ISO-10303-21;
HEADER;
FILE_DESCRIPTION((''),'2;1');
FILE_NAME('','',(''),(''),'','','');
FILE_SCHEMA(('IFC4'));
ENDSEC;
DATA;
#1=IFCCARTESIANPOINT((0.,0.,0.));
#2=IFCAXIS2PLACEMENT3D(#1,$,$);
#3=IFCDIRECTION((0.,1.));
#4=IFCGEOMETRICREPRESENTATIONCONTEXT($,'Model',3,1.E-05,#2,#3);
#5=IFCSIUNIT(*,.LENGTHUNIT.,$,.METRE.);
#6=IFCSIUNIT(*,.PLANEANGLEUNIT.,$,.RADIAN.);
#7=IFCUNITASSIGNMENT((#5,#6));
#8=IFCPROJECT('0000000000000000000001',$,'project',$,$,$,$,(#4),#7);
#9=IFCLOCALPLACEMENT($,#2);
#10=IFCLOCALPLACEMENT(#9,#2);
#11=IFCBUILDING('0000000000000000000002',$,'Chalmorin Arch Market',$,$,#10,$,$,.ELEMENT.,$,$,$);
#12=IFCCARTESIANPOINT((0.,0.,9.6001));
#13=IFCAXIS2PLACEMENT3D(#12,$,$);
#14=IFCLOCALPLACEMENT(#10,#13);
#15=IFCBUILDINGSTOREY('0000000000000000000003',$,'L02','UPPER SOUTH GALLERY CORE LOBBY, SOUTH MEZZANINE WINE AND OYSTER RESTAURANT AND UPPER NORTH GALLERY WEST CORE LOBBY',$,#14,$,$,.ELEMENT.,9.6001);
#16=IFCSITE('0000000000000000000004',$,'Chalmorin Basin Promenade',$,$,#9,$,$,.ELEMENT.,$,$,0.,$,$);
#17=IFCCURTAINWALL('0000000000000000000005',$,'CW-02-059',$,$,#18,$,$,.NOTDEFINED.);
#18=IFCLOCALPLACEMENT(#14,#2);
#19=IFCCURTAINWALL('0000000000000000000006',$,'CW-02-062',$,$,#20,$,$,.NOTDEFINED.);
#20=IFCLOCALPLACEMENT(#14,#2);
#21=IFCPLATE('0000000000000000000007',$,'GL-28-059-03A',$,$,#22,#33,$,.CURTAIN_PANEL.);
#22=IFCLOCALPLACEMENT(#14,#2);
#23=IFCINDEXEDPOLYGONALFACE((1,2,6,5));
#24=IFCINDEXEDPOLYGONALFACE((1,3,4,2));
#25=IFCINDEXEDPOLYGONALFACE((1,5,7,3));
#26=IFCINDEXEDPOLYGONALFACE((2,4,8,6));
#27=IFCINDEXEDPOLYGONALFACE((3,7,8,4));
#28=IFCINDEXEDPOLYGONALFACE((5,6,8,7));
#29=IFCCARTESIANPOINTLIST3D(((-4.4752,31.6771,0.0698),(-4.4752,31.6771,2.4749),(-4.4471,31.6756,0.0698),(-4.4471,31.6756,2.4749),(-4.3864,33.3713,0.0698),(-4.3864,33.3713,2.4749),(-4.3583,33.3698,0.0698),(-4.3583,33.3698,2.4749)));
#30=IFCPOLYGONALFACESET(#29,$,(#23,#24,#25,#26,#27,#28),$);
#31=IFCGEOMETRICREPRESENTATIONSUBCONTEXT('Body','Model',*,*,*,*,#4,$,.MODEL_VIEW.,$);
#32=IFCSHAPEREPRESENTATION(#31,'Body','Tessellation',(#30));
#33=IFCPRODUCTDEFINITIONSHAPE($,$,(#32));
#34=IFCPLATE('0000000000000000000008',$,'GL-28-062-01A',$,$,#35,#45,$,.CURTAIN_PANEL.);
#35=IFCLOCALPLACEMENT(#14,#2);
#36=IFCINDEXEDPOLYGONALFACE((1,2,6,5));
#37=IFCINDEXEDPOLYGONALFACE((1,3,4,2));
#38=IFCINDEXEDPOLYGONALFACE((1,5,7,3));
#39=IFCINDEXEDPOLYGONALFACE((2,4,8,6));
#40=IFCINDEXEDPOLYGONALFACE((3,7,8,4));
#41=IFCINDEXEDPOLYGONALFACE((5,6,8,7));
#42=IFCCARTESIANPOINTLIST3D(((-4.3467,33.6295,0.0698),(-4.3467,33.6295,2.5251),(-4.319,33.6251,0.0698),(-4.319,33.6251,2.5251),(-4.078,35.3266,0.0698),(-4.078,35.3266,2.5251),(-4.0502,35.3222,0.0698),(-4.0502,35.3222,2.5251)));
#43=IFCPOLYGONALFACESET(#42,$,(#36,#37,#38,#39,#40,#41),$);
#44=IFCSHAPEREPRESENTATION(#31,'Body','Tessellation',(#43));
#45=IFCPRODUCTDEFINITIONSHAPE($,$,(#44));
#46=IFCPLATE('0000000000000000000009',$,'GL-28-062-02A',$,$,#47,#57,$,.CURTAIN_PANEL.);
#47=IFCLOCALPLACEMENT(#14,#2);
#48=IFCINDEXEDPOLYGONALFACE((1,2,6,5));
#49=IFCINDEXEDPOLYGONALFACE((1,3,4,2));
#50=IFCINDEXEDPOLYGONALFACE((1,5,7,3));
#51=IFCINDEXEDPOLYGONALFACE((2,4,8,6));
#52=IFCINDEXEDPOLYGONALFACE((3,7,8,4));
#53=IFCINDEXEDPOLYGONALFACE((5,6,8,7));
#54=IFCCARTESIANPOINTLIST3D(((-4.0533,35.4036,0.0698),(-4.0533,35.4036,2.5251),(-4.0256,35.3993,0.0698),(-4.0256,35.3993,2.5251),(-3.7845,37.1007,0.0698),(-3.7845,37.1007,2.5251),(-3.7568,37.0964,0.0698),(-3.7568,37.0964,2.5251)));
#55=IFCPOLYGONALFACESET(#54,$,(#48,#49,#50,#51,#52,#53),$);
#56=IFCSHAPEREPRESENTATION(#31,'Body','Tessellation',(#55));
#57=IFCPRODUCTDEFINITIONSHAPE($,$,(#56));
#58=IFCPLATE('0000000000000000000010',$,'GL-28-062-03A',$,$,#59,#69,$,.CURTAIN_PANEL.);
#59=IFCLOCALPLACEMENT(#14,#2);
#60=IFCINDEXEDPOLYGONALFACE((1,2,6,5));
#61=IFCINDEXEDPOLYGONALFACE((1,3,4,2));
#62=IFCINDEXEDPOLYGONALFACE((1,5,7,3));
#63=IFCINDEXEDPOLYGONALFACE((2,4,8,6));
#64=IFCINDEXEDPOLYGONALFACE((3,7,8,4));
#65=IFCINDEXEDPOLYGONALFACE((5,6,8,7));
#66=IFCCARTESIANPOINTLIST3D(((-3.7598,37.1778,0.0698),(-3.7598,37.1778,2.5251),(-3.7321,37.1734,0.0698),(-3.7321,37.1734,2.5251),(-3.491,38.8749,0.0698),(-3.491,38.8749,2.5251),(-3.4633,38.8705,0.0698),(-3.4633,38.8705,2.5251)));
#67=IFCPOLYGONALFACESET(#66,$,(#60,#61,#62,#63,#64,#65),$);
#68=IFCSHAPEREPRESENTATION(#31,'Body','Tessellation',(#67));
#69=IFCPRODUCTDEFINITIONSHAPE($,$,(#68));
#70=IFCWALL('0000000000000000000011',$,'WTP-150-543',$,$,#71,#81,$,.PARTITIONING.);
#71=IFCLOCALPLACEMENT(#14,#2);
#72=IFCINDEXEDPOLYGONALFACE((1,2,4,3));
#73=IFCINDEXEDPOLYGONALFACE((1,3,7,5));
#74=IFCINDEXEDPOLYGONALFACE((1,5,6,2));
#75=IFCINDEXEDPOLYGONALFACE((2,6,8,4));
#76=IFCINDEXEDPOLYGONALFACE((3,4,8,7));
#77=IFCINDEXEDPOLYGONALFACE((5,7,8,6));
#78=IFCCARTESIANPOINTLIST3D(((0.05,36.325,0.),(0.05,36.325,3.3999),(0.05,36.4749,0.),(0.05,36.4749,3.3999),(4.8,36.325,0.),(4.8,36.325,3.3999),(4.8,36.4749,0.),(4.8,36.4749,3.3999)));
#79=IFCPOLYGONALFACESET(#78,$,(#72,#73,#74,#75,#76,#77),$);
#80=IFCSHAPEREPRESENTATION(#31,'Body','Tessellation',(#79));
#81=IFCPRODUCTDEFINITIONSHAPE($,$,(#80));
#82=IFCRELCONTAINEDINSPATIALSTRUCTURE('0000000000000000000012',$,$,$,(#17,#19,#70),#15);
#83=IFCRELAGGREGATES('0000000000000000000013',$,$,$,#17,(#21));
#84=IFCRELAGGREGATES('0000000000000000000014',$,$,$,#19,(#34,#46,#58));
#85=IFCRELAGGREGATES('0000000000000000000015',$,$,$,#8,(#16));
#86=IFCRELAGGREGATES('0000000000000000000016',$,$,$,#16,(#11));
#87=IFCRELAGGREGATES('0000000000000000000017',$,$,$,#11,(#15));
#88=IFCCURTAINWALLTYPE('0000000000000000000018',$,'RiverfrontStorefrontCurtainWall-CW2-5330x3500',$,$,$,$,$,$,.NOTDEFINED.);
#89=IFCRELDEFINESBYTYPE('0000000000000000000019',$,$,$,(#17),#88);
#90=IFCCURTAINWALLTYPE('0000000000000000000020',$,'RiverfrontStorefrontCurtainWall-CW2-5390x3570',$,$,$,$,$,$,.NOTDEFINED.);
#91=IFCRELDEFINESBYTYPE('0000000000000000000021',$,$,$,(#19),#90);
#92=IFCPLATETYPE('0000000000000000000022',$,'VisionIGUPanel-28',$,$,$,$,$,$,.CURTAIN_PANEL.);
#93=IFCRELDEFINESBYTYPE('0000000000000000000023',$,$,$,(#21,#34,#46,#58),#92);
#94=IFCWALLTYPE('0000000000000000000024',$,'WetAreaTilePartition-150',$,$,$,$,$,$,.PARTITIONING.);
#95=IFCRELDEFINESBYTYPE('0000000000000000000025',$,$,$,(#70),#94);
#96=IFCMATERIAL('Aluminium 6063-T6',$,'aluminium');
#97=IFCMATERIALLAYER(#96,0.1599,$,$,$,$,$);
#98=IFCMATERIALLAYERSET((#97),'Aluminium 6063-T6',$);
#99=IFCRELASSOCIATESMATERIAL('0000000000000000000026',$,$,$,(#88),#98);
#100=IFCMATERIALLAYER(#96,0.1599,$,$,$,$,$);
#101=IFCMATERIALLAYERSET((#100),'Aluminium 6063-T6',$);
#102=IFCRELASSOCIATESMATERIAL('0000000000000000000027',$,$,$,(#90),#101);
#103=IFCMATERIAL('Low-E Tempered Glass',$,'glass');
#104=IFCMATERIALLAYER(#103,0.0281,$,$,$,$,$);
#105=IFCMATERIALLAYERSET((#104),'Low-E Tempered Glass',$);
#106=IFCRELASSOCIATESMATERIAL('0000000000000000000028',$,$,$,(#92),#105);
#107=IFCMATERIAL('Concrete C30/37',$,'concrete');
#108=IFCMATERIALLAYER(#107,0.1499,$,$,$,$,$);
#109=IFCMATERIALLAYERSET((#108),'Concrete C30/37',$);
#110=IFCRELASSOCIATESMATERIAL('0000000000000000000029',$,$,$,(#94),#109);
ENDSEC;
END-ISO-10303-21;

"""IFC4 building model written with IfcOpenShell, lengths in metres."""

from ifc_helpers import new_model, si_unit, direction, frame, frame_2d, origin, origin_2d, place, context, subcontext, project, spatial, rectangle, extrude, material, layer, layer_set, type_object, element, aggregate, save


model = new_model("IFC4")

# Units and contexts
model_context = context("Model", 3, precision=1e-05, world=origin(), true_north=direction((0.0, 1.0)))
body_context = subcontext(model_context, "Body", "Model", "MODEL_VIEW")
ifc_project = project(units=[si_unit("LENGTHUNIT", "METRE"), si_unit("PLANEANGLEUNIT", "RADIAN")], contexts=[model_context])

# Site, building, storey
site_placement = place(None, origin())
site = spatial("IfcSite", under=ifc_project, at=site_placement, Name="Chalmorin Basin Promenade", CompositionType="ELEMENT", RefElevation=0.0)
building_placement = place(site_placement, origin())
building = spatial("IfcBuilding", under=site, at=building_placement, Name="Chalmorin Arch Market", CompositionType="ELEMENT")
storey_placement = place(building_placement, frame((0.0, 0.0, 9.6001)))
storey = spatial("IfcBuildingStorey", under=building, at=storey_placement, Name="L02", Description="UPPER SOUTH GALLERY CORE LOBBY, SOUTH MEZZANINE WINE AND OYSTER RESTAURANT AND UPPER NORTH GALLERY WEST CORE LOBBY", CompositionType="ELEMENT", Elevation=9.6001)

# Curtain wall
ifc_material_1 = material(Name="Aluminium 6063-T6", Category="aluminium")
ifc_layer_1 = layer(ifc_material_1, 0.1599)
ifc_layer_set_1 = layer_set([ifc_layer_1], Name="Aluminium 6063-T6")
curtain_wall_type_1 = type_object("IfcCurtainWallType", Name="RiverfrontStorefrontCurtainWall-CW2-5330x3500", PredefinedType="NOTDEFINED", material=ifc_layer_set_1)
curtain_wall_1_placement = place(storey_placement, origin())
curtain_wall_1 = element("IfcCurtainWall", 1, at=curtain_wall_1_placement, inside=storey, type_object=curtain_wall_type_1, Name="CW-02-059", PredefinedType="NOTDEFINED")

# Curtain wall
ifc_layer_2 = layer(ifc_material_1, 0.1599)
ifc_layer_set_2 = layer_set([ifc_layer_2], Name="Aluminium 6063-T6")
curtain_wall_type_2 = type_object("IfcCurtainWallType", Name="RiverfrontStorefrontCurtainWall-CW2-5390x3570", PredefinedType="NOTDEFINED", material=ifc_layer_set_2)
curtain_wall_2_placement = place(storey_placement, origin())
curtain_wall_2 = element("IfcCurtainWall", 2, at=curtain_wall_2_placement, inside=storey, type_object=curtain_wall_type_2, Name="CW-02-062", PredefinedType="NOTDEFINED")

# Plates
ifc_material_2 = material(Name="Low-E Tempered Glass", Category="glass")
ifc_layer_3 = layer(ifc_material_2, 0.0281)
ifc_layer_set_3 = layer_set([ifc_layer_3], Name="Low-E Tempered Glass")
plate_type_1 = type_object("IfcPlateType", Name="VisionIGUPanel-28", PredefinedType="CURTAIN_PANEL", material=ifc_layer_set_3)
plate_1_placement = place(storey_placement, frame((-4.4167, 32.5234, 0.0698), z_axis=(0.0, 0.0, 1.0), x_axis=(0.052336, 0.99863, 0.0)))
plate_1 = element("IfcPlate", 3, at=plate_1_placement, type_object=plate_type_1, Name="GL-28-059-03A", PredefinedType="CURTAIN_PANEL", context=body_context, shape_type="SweptSolid", body=[
    extrude(rectangle(XDim=1.6965, YDim=0.0281, at=origin_2d()), origin(), (0.0, 0.0, 1.0), 2.405),
])
aggregate(curtain_wall_1, [plate_1])
plate_2_placement = place(storey_placement, frame((-4.1985, 34.4758, 0.0698), z_axis=(0.0, 0.0, 1.0), x_axis=(0.156434, 0.987688, 0.0)))
plate_2 = element("IfcPlate", 4, at=plate_2_placement, type_object=plate_type_1, Name="GL-28-062-01A", PredefinedType="CURTAIN_PANEL", context=body_context, shape_type="SweptSolid", body=[
    extrude(rectangle(XDim=1.7183, YDim=0.0281, at=origin_2d()), origin(), (0.0, 0.0, 1.0), 2.4553),
])
plate_3_placement = place(storey_placement, frame((-3.905, 36.25, 0.0698), z_axis=(0.0, 0.0, 1.0), x_axis=(0.156434, 0.987688, 0.0)))
plate_3 = element("IfcPlate", 5, at=plate_3_placement, type_object=plate_type_1, Name="GL-28-062-02A", PredefinedType="CURTAIN_PANEL", context=body_context, shape_type="SweptSolid", body=[
    extrude(rectangle(XDim=1.7183, YDim=0.0281, at=origin_2d()), origin(), (0.0, 0.0, 1.0), 2.4553),
])
plate_4_placement = place(storey_placement, frame((-3.6116, 38.0242, 0.0698), z_axis=(0.0, 0.0, 1.0), x_axis=(0.156434, 0.987688, 0.0)))
plate_4 = element("IfcPlate", 6, at=plate_4_placement, type_object=plate_type_1, Name="GL-28-062-03A", PredefinedType="CURTAIN_PANEL", context=body_context, shape_type="SweptSolid", body=[
    extrude(rectangle(XDim=1.7183, YDim=0.0281, at=origin_2d()), origin(), (0.0, 0.0, 1.0), 2.4553),
])
aggregate(curtain_wall_2, [plate_2, plate_3, plate_4])

# Wall
ifc_material_3 = material(Name="Concrete C30/37", Category="concrete")
ifc_layer_4 = layer(ifc_material_3, 0.1499)
ifc_layer_set_4 = layer_set([ifc_layer_4], Name="Concrete C30/37")
wall_type = type_object("IfcWallType", Name="WetAreaTilePartition-150", PredefinedType="PARTITIONING", material=ifc_layer_set_4)
wall_placement = place(storey_placement, frame((0.05, 36.3999, 0.0), z_axis=(0.0, 0.0, 1.0), x_axis=(1.0, 0.0, 0.0)))
element("IfcWall", 7, at=wall_placement, inside=storey, type_object=wall_type, Name="WTP-150-543", PredefinedType="PARTITIONING", context=body_context, shape_type="SweptSolid", body=[
    extrude(rectangle(XDim=4.75, YDim=0.1499, at=frame_2d((2.375, 0.0))), origin(), (0.0, 0.0, 1.0), 3.3999),
])

save(model, "model.ifc")
